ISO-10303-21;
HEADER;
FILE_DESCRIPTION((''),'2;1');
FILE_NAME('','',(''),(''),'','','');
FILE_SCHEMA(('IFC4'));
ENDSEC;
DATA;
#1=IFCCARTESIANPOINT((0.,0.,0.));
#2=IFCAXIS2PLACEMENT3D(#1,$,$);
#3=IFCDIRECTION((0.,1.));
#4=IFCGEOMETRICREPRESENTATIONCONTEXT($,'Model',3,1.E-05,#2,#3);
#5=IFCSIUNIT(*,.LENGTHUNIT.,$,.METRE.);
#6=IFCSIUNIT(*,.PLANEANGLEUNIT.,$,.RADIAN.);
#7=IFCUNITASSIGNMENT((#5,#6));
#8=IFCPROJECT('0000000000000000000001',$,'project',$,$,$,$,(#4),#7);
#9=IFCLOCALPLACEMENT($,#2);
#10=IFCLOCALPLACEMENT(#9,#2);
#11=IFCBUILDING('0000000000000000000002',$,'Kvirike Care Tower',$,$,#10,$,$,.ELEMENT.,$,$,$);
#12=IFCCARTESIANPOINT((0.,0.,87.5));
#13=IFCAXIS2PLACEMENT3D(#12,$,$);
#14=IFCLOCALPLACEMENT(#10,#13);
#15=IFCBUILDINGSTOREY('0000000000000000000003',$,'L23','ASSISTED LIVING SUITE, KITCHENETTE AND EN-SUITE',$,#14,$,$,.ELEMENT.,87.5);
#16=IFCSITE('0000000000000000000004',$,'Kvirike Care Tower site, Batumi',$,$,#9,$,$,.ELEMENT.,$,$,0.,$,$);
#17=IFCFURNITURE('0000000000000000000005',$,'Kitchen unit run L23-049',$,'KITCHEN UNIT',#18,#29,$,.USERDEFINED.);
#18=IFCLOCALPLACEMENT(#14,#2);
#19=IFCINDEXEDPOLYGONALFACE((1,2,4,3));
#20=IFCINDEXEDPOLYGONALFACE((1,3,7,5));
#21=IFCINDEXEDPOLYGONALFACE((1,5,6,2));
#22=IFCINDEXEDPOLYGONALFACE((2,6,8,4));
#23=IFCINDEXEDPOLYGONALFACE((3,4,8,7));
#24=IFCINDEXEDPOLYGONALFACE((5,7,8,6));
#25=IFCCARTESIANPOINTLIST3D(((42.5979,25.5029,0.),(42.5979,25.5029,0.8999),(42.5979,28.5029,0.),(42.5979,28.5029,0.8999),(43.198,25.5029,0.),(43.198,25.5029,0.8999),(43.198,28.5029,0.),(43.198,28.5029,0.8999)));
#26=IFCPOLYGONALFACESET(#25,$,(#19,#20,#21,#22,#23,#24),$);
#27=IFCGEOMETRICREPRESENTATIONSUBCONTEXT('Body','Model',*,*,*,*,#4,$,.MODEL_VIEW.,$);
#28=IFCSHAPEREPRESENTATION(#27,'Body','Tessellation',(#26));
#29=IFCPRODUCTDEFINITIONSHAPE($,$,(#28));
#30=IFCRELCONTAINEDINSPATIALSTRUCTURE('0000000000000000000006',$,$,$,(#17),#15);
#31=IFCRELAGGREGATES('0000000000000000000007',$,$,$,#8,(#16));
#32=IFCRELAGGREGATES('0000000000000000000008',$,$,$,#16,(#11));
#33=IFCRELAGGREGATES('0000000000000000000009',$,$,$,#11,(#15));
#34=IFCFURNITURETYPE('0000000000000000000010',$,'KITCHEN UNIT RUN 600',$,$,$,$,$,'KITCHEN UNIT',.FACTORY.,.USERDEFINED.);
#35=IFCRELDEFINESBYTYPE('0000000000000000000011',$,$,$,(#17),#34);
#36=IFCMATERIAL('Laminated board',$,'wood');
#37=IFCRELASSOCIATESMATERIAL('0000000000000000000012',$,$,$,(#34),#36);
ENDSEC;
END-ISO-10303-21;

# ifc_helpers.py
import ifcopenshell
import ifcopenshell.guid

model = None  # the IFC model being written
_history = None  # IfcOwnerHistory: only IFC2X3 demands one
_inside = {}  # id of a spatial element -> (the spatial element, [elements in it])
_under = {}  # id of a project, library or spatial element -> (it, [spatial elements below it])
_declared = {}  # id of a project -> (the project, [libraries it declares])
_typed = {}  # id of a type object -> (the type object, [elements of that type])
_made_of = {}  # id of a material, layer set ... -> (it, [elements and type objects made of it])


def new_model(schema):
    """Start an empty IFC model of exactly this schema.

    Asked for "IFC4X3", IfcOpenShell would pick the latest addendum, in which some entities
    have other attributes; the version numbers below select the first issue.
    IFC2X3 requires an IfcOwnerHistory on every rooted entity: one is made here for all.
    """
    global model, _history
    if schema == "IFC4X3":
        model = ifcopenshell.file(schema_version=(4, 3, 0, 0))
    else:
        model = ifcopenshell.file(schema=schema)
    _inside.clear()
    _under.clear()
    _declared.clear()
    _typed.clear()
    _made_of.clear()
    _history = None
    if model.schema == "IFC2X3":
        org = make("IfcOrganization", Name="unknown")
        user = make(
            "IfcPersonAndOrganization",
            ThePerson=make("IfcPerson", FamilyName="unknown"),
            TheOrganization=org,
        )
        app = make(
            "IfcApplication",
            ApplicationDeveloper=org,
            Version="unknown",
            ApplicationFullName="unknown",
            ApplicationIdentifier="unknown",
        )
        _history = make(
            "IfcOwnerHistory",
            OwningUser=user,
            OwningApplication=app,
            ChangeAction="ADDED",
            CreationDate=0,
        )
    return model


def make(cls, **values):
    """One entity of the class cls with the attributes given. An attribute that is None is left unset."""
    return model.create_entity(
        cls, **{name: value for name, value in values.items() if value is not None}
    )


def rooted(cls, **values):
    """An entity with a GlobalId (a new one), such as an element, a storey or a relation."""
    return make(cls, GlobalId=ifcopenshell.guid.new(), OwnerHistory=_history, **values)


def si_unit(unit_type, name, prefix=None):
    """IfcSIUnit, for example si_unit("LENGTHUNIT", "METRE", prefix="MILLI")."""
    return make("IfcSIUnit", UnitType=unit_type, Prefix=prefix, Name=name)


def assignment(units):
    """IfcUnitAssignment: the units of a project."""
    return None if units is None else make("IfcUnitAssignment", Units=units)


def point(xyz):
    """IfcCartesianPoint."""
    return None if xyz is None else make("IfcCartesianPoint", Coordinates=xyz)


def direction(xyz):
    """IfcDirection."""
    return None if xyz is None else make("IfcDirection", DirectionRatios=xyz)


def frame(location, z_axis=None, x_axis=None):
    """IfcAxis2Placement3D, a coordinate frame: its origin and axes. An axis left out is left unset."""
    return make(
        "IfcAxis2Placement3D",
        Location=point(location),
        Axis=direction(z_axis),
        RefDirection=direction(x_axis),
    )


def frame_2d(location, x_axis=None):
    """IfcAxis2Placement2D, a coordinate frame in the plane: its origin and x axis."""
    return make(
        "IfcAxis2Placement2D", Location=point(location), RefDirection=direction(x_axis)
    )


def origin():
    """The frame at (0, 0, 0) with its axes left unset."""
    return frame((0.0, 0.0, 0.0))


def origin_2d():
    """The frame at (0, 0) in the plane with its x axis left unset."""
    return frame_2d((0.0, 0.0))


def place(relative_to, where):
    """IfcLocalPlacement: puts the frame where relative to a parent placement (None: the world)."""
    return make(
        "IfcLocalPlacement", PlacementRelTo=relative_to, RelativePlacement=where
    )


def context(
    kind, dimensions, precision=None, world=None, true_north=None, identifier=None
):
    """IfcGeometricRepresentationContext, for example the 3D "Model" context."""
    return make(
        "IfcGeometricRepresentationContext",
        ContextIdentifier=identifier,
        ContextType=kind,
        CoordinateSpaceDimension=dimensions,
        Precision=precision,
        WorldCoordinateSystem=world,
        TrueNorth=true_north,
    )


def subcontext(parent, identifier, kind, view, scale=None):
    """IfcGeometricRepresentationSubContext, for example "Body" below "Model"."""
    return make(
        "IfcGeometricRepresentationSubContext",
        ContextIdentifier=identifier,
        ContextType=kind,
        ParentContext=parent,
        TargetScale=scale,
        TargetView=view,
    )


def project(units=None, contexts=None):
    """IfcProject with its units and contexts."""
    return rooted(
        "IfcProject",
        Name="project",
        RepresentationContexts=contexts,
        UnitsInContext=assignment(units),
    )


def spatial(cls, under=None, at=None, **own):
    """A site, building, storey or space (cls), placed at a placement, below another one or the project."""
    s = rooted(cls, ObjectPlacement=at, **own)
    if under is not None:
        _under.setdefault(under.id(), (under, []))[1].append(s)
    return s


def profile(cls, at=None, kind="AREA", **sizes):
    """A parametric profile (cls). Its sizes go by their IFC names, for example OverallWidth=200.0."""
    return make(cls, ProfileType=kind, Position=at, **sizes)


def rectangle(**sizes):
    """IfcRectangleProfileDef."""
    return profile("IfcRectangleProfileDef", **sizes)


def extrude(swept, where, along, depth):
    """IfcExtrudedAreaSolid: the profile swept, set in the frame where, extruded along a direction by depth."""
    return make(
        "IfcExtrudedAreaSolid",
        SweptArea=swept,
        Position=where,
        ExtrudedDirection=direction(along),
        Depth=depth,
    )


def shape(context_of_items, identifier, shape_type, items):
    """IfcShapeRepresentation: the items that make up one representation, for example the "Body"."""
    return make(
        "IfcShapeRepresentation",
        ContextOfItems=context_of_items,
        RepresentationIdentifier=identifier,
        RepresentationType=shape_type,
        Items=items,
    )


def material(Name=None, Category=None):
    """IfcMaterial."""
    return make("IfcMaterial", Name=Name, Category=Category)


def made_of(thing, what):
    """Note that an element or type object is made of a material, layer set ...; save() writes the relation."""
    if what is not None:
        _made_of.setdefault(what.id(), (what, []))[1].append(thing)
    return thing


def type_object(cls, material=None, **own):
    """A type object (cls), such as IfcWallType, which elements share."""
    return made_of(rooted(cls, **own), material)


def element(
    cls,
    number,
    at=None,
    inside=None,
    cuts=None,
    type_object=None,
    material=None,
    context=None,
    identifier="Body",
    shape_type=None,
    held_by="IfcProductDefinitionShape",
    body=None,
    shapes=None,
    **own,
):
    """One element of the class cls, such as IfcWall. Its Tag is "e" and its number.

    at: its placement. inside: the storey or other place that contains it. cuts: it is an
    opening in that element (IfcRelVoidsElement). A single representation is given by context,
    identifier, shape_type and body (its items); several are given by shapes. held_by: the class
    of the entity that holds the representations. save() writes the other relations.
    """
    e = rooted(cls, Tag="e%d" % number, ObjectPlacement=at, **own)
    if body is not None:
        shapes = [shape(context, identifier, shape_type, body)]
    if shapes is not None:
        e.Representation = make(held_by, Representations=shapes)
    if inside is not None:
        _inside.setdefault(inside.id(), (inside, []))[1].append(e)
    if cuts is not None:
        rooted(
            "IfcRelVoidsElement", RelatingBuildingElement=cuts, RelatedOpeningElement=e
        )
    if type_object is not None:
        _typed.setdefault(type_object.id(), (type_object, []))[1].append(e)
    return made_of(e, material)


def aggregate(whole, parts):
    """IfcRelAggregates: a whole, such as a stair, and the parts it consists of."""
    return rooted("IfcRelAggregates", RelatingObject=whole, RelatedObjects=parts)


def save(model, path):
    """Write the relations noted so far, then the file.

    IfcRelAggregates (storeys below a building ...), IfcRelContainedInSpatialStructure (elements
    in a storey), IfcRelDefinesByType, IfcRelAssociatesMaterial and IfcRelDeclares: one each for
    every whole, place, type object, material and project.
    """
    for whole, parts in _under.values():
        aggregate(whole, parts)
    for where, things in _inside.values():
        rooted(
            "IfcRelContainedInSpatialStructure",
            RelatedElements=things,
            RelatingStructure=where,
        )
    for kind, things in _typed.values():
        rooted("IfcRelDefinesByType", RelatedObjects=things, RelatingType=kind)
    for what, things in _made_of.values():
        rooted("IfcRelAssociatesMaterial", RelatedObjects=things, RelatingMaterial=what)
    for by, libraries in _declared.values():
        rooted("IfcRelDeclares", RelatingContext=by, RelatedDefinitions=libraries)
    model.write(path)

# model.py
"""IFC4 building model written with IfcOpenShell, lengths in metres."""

from ifc_helpers import new_model, si_unit, direction, frame, origin, origin_2d, place, context, subcontext, project, spatial, rectangle, extrude, material, type_object, element, save


model = new_model("IFC4")

# Units and contexts
model_context = context("Model", 3, precision=1e-05, world=origin(), true_north=direction((0.0, 1.0)))
body_context = subcontext(model_context, "Body", "Model", "MODEL_VIEW")
ifc_project = project(units=[si_unit("LENGTHUNIT", "METRE"), si_unit("PLANEANGLEUNIT", "RADIAN")], contexts=[model_context])

# Site, building, storey
site_placement = place(None, origin())
site = spatial("IfcSite", under=ifc_project, at=site_placement, Name="Kvirike Care Tower site, Batumi", CompositionType="ELEMENT", RefElevation=0.0)
building_placement = place(site_placement, origin())
building = spatial("IfcBuilding", under=site, at=building_placement, Name="Kvirike Care Tower", CompositionType="ELEMENT")
storey_placement = place(building_placement, frame((0.0, 0.0, 87.5)))
storey = spatial("IfcBuildingStorey", under=building, at=storey_placement, Name="L23", Description="ASSISTED LIVING SUITE, KITCHENETTE AND EN-SUITE", CompositionType="ELEMENT", Elevation=87.5)

# Furniture
ifc_material_1 = material(Name="Laminated board", Category="wood")
furniture_type = type_object("IfcFurnitureType", Name="KITCHEN UNIT RUN 600", ElementType="KITCHEN UNIT", AssemblyPlace="FACTORY", PredefinedType="USERDEFINED", material=ifc_material_1)
furniture_placement = place(storey_placement, frame((42.8979, 27.0029, 0.0), z_axis=(0.0, 0.0, 1.0), x_axis=(0.0, -1.0, 0.0)))
element("IfcFurniture", 1, at=furniture_placement, inside=storey, type_object=furniture_type, Name="Kitchen unit run L23-049", ObjectType="KITCHEN UNIT", PredefinedType="USERDEFINED", context=body_context, shape_type="SweptSolid", body=[
    extrude(rectangle(XDim=3.0, YDim=0.6001, at=origin_2d()), origin(), (0.0, 0.0, 1.0), 0.8999),
])

save(model, "model.ifc")
